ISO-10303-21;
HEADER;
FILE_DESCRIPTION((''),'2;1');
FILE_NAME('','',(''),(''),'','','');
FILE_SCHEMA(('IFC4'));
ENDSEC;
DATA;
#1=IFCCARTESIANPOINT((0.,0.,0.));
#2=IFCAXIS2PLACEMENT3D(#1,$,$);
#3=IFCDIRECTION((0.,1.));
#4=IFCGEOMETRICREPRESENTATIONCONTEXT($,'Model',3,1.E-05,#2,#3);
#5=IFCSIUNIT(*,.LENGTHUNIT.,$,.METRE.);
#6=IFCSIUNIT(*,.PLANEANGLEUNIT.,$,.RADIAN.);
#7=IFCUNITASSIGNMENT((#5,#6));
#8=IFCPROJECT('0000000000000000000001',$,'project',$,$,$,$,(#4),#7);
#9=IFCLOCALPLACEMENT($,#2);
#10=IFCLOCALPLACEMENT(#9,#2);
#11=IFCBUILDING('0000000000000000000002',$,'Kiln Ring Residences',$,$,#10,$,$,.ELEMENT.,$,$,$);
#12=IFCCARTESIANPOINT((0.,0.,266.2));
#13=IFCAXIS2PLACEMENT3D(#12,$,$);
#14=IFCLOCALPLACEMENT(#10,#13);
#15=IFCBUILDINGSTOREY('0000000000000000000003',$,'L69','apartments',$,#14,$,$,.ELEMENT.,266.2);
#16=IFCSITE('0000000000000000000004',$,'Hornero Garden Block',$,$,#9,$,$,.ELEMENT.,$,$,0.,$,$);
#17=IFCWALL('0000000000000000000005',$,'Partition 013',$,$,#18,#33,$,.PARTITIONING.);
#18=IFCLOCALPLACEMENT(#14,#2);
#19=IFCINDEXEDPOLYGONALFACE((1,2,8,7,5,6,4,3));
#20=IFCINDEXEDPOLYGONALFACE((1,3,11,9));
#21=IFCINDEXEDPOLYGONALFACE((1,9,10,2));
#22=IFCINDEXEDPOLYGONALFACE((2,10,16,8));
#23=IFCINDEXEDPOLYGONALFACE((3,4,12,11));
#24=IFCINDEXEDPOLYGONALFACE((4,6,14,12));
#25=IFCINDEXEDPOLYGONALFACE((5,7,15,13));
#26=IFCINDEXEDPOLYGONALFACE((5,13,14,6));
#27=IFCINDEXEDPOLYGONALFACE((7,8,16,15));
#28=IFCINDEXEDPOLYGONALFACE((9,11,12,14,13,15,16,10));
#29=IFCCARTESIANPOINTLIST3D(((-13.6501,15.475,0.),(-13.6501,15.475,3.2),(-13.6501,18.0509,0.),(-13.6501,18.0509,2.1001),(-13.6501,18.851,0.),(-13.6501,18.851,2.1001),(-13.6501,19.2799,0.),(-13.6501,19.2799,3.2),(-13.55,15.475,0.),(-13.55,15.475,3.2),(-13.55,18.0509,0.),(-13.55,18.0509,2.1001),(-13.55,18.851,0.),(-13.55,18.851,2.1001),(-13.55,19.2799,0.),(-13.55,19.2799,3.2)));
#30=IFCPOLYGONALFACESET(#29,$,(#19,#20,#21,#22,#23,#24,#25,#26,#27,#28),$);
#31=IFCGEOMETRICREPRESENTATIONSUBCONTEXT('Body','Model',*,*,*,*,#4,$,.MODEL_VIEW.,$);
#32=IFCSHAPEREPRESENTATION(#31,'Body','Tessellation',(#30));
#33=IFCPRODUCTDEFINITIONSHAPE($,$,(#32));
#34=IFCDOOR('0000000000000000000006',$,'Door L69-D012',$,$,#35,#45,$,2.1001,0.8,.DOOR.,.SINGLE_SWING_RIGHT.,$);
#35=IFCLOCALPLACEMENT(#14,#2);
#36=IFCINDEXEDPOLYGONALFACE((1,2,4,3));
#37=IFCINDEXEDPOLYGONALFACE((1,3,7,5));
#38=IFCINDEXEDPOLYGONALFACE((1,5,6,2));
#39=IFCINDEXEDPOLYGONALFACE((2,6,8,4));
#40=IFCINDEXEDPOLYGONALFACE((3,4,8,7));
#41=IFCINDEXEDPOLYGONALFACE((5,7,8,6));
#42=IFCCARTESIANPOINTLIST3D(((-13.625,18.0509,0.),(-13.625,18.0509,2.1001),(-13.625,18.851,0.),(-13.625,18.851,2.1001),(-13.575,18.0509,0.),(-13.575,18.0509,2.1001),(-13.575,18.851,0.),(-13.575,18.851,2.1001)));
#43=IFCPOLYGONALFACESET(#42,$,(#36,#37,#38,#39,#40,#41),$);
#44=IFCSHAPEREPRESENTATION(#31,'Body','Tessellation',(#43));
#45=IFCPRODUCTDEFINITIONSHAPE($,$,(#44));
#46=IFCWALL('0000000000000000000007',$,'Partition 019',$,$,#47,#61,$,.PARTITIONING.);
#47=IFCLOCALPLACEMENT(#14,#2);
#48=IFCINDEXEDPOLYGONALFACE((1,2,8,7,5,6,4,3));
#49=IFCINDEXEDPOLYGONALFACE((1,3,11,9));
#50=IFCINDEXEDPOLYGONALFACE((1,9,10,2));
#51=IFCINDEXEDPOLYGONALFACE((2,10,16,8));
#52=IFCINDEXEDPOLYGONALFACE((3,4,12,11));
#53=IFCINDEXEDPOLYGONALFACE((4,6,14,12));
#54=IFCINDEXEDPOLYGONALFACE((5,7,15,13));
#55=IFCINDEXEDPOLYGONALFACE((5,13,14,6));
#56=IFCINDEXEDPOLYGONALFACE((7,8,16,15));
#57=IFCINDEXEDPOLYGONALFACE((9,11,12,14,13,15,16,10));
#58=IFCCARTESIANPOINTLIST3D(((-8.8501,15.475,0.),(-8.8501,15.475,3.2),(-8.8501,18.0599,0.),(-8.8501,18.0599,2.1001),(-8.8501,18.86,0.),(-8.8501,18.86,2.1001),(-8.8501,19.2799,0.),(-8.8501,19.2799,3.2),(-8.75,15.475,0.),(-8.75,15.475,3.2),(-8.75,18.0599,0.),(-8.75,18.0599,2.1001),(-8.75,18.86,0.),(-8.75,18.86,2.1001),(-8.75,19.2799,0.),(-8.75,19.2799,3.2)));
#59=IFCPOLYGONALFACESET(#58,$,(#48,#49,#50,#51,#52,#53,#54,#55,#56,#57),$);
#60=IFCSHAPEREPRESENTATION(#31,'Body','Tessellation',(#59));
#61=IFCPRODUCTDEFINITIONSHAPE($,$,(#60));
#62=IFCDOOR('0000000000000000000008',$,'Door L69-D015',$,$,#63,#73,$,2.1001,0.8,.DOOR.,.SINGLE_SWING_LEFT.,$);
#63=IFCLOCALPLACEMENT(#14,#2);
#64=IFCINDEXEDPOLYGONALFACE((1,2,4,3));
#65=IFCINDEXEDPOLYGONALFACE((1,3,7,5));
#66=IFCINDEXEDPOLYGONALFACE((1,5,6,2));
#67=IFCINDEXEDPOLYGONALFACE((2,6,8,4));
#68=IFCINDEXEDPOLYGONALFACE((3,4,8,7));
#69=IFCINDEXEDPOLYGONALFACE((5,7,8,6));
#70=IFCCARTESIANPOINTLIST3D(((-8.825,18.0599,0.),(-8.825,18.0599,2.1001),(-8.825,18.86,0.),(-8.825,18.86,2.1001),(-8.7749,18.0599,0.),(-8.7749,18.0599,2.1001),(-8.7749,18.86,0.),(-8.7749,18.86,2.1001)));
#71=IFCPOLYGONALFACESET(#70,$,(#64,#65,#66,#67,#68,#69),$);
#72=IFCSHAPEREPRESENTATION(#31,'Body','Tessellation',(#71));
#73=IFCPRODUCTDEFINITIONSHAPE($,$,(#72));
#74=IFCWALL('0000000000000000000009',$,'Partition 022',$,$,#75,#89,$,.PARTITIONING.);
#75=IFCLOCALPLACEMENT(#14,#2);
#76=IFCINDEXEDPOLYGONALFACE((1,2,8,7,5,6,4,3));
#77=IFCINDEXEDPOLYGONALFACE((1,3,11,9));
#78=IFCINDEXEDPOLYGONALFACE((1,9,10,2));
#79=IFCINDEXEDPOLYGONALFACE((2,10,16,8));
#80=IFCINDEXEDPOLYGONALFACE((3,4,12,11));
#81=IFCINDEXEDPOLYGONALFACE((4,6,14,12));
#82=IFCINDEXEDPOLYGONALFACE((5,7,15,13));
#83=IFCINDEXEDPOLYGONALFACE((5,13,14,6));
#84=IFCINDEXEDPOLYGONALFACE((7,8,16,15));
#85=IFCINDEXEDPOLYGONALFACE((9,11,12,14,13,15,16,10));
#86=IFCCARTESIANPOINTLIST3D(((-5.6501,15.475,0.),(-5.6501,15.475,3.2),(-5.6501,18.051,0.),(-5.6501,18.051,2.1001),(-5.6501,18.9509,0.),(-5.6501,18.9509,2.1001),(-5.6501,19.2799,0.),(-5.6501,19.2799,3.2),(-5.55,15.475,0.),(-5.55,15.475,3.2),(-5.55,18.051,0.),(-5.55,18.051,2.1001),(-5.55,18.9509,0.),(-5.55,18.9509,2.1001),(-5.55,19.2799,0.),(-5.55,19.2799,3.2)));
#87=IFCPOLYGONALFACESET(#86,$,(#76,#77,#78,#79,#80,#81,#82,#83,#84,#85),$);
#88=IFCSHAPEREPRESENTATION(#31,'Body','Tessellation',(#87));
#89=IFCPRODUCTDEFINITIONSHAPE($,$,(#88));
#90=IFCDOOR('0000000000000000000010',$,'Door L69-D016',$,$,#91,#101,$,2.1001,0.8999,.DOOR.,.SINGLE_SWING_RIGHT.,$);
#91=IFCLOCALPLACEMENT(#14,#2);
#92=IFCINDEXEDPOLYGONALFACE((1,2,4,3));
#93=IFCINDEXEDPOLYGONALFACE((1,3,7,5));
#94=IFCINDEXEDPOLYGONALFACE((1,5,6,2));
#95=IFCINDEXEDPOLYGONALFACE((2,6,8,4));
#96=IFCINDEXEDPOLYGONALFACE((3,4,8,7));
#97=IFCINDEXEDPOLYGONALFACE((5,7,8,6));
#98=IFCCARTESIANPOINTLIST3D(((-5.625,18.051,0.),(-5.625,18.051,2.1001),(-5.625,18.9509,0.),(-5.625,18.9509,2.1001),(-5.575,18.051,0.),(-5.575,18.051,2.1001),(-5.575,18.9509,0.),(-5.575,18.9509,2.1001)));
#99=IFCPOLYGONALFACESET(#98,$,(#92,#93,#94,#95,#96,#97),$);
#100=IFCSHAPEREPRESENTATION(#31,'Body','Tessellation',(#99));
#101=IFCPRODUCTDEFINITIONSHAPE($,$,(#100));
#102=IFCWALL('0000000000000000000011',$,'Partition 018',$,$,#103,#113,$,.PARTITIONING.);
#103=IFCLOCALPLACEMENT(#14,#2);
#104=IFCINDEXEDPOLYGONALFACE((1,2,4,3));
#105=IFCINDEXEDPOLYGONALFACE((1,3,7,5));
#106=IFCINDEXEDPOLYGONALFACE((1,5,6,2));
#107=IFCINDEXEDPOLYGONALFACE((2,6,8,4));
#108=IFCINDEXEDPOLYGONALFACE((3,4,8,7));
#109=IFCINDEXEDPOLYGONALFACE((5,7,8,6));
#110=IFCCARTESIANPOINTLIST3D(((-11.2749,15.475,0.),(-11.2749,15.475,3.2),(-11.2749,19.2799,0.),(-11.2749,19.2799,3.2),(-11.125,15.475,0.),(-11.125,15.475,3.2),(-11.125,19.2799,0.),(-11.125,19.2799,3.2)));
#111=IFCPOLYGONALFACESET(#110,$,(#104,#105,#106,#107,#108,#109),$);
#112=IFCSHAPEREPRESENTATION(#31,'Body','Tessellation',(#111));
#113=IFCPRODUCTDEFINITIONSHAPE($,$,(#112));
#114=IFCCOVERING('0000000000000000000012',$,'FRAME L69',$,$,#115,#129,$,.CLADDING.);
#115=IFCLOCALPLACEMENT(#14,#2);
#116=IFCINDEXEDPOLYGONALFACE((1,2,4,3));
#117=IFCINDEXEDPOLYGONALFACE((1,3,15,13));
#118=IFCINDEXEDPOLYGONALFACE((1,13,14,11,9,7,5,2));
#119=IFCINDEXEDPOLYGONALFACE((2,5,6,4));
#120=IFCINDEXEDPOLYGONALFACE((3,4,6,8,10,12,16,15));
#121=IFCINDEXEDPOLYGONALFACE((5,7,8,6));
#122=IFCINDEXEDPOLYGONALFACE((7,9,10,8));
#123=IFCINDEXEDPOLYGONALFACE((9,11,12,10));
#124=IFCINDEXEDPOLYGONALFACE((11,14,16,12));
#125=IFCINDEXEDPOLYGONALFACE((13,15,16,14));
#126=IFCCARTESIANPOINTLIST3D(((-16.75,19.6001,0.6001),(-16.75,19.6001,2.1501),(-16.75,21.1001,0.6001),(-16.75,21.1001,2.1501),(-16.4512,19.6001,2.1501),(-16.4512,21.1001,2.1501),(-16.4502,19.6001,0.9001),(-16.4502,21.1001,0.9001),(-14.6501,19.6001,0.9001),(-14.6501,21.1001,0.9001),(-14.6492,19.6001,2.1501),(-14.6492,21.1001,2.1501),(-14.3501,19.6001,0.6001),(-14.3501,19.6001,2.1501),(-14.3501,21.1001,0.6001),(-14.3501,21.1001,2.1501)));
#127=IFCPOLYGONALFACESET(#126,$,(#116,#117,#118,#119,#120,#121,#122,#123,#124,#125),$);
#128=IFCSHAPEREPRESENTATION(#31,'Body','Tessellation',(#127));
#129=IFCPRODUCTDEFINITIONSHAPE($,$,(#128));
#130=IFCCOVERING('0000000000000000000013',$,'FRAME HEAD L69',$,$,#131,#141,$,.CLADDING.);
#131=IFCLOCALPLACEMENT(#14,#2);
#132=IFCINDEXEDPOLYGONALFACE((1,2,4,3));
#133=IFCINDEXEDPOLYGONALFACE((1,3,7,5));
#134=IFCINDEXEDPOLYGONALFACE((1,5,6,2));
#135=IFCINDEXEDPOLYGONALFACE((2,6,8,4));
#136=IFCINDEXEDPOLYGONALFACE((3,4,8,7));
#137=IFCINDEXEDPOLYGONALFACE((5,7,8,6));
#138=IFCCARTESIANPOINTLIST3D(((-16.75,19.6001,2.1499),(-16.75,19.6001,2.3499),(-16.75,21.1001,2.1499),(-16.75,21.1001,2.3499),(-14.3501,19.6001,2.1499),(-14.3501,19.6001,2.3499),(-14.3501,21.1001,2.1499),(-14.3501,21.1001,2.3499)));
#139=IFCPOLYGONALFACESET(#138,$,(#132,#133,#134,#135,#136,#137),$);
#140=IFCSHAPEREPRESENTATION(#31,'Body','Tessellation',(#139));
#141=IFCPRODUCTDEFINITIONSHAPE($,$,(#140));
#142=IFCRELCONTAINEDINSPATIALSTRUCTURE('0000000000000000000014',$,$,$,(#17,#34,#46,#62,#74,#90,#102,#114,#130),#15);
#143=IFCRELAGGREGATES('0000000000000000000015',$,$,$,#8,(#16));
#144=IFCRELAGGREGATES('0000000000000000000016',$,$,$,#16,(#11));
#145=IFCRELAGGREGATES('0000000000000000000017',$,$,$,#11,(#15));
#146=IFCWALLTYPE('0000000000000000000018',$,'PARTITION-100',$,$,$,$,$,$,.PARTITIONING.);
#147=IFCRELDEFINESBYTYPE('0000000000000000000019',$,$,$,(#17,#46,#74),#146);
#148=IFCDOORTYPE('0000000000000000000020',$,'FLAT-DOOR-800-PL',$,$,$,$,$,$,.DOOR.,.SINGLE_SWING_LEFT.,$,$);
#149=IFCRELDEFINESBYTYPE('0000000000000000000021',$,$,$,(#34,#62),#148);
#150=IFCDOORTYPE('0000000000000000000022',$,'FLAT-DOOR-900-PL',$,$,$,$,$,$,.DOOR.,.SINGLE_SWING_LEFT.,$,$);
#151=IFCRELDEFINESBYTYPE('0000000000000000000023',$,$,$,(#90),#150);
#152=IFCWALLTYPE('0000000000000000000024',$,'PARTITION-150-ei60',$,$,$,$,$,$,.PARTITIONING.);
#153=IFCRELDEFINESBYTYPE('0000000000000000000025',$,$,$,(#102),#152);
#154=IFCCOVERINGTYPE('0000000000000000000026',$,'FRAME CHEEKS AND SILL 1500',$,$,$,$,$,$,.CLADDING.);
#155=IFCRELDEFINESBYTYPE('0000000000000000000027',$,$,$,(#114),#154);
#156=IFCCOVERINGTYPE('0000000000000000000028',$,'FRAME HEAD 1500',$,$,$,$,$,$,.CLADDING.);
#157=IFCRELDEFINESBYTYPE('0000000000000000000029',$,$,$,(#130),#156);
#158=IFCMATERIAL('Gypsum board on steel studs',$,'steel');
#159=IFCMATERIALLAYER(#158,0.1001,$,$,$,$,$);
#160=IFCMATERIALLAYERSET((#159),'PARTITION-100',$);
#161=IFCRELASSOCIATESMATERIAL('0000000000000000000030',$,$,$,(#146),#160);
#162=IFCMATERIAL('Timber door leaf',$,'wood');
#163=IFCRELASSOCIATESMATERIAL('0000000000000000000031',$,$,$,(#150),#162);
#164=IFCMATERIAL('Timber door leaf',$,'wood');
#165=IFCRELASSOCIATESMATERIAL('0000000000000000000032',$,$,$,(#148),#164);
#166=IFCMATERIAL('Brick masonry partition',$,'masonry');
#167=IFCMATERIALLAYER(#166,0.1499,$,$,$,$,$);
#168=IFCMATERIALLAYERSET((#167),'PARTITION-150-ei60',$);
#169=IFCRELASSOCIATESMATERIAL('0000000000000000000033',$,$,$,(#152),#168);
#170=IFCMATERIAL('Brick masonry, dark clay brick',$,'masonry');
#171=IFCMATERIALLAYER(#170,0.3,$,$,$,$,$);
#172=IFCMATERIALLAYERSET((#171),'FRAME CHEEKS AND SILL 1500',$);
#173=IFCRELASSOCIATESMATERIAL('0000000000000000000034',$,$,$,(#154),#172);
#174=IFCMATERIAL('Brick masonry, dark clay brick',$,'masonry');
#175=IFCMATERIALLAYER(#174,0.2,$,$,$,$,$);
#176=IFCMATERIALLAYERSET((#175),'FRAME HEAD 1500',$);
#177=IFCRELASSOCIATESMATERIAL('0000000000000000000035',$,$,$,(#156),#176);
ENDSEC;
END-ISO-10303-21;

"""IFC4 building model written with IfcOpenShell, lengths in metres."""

from ifc_helpers import new_model, si_unit, direction, frame, frame_2d, origin, origin_2d, place, context, subcontext, project, spatial, polyline, rectangle, outline, extrude, material, layer, layer_set, type_object, element, fill, save


model = new_model("IFC4")

# Units and contexts
model_context = context("Model", 3, precision=1e-05, world=origin(), true_north=direction((0.0, 1.0)))
body_context = subcontext(model_context, "Body", "Model", "MODEL_VIEW")
ifc_project = project(units=[si_unit("LENGTHUNIT", "METRE"), si_unit("PLANEANGLEUNIT", "RADIAN")], contexts=[model_context])

# Site, building, storey
site_placement = place(None, origin())
site = spatial("IfcSite", under=ifc_project, at=site_placement, Name="Hornero Garden Block", CompositionType="ELEMENT", RefElevation=0.0)
building_placement = place(site_placement, origin())
building = spatial("IfcBuilding", under=site, at=building_placement, Name="Kiln Ring Residences", CompositionType="ELEMENT")
storey_placement = place(building_placement, frame((0.0, 0.0, 266.2)))
storey = spatial("IfcBuildingStorey", under=building, at=storey_placement, Name="L69", Description="apartments", CompositionType="ELEMENT", Elevation=266.2)

# Walls, openings, doors
ifc_material_1 = material(Name="Gypsum board on steel studs", Category="steel")
ifc_layer_1 = layer(ifc_material_1, 0.1001)
ifc_layer_set_1 = layer_set([ifc_layer_1], Name="PARTITION-100")
wall_type_1 = type_object("IfcWallType", Name="PARTITION-100", PredefinedType="PARTITIONING", material=ifc_layer_set_1)
ifc_material_2 = material(Name="Timber door leaf", Category="wood")
door_type_1 = type_object("IfcDoorType", Name="FLAT-DOOR-900-PL", OperationType="SINGLE_SWING_LEFT", PredefinedType="DOOR", material=ifc_material_2)
wall_1_placement = place(storey_placement, frame((-13.6001, 15.4751, 0.0), z_axis=(0.0, 0.0, 1.0), x_axis=(0.0, 1.0, 0.0)))
wall_1 = element("IfcWall", 1, at=wall_1_placement, inside=storey, type_object=wall_type_1, Name="Partition 013", PredefinedType="PARTITIONING", context=body_context, shape_type="SweptSolid", body=[
    extrude(rectangle(XDim=3.8049, YDim=0.1001, at=frame_2d((1.9023, 0.0))), origin(), (0.0, 0.0, 1.0), 3.2),
])
opening_1_placement = place(wall_1_placement, frame((2.5759, 0.0, 0.0)))
opening_1 = element("IfcOpeningElement", 2, at=opening_1_placement, cuts=wall_1, PredefinedType="OPENING", context=body_context, shape_type="SweptSolid", body=[
    extrude(rectangle(XDim=0.8, YDim=2.1001, at=frame_2d((0.3999, 1.05))), frame((0.0, 0.0601, 0.0), z_axis=(0.0, -1.0, 0.0), x_axis=(1.0, 0.0, 0.0)), (0.0, 0.0, 1.0), 0.1201),
])
ifc_material_3 = material(Name="Timber door leaf", Category="wood")
door_type_2 = type_object("IfcDoorType", Name="FLAT-DOOR-800-PL", OperationType="SINGLE_SWING_LEFT", PredefinedType="DOOR", material=ifc_material_3)
door_1_placement = place(opening_1_placement, origin())
door_1 = element("IfcDoor", 3, at=door_1_placement, inside=storey, type_object=door_type_2, Name="Door L69-D012", OperationType="SINGLE_SWING_RIGHT", OverallHeight=2.1001, OverallWidth=0.8, PredefinedType="DOOR", context=body_context, shape_type="SweptSolid", body=[
    extrude(rectangle(XDim=0.8, YDim=2.1001, at=frame_2d((0.3999, 1.05))), frame((0.0, 0.0249, 0.0), z_axis=(0.0, -1.0, 0.0), x_axis=(1.0, 0.0, 0.0)), (0.0, 0.0, 1.0), 0.05),
])
fill(opening_1, door_1)
wall_2_placement = place(storey_placement, frame((-8.8, 15.4751, 0.0), z_axis=(0.0, 0.0, 1.0), x_axis=(0.0, 1.0, 0.0)))
wall_2 = element("IfcWall", 4, at=wall_2_placement, inside=storey, type_object=wall_type_1, Name="Partition 019", PredefinedType="PARTITIONING", context=body_context, shape_type="SweptSolid", body=[
    extrude(rectangle(XDim=3.8049, YDim=0.1001, at=frame_2d((1.9023, 0.0))), origin(), (0.0, 0.0, 1.0), 3.2),
])
opening_2_placement = place(wall_2_placement, frame((2.585, 0.0, 0.0)))
opening_2 = element("IfcOpeningElement", 5, at=opening_2_placement, cuts=wall_2, PredefinedType="OPENING", context=body_context, shape_type="SweptSolid", body=[
    extrude(rectangle(XDim=0.8, YDim=2.1001, at=frame_2d((0.3999, 1.05))), frame((0.0, 0.0601, 0.0), z_axis=(0.0, -1.0, 0.0), x_axis=(1.0, 0.0, 0.0)), (0.0, 0.0, 1.0), 0.1201),
])
door_2_placement = place(opening_2_placement, origin())
door_2 = element("IfcDoor", 6, at=door_2_placement, inside=storey, type_object=door_type_2, Name="Door L69-D015", OperationType="SINGLE_SWING_LEFT", OverallHeight=2.1001, OverallWidth=0.8, PredefinedType="DOOR", context=body_context, shape_type="SweptSolid", body=[
    extrude(rectangle(XDim=0.8, YDim=2.1001, at=frame_2d((0.3999, 1.05))), frame((0.0, 0.0249, 0.0), z_axis=(0.0, -1.0, 0.0), x_axis=(1.0, 0.0, 0.0)), (0.0, 0.0, 1.0), 0.05),
])
fill(opening_2, door_2)
wall_3_placement = place(storey_placement, frame((-5.6001, 15.4751, 0.0), z_axis=(0.0, 0.0, 1.0), x_axis=(0.0, 1.0, 0.0)))
wall_3 = element("IfcWall", 7, at=wall_3_placement, inside=storey, type_object=wall_type_1, Name="Partition 022", PredefinedType="PARTITIONING", context=body_context, shape_type="SweptSolid", body=[
    extrude(rectangle(XDim=3.8049, YDim=0.1001, at=frame_2d((1.9023, 0.0))), origin(), (0.0, 0.0, 1.0), 3.2),
])
opening_3_placement = place(wall_3_placement, frame((2.5759, 0.0, 0.0)))
opening_3 = element("IfcOpeningElement", 8, at=opening_3_placement, cuts=wall_3, PredefinedType="OPENING", context=body_context, shape_type="SweptSolid", body=[
    extrude(rectangle(XDim=0.8999, YDim=2.1001, at=frame_2d((0.45, 1.05))), frame((0.0, 0.0601, 0.0), z_axis=(0.0, -1.0, 0.0), x_axis=(1.0, 0.0, 0.0)), (0.0, 0.0, 1.0), 0.1201),
])
door_3_placement = place(opening_3_placement, origin())
door_3 = element("IfcDoor", 9, at=door_3_placement, inside=storey, type_object=door_type_1, Name="Door L69-D016", OperationType="SINGLE_SWING_RIGHT", OverallHeight=2.1001, OverallWidth=0.8999, PredefinedType="DOOR", context=body_context, shape_type="SweptSolid", body=[
    extrude(rectangle(XDim=0.8999, YDim=2.1001, at=frame_2d((0.45, 1.05))), frame((0.0, 0.0249, 0.0), z_axis=(0.0, -1.0, 0.0), x_axis=(1.0, 0.0, 0.0)), (0.0, 0.0, 1.0), 0.05),
])
fill(opening_3, door_3)

# Wall
ifc_material_4 = material(Name="Brick masonry partition", Category="masonry")
ifc_layer_2 = layer(ifc_material_4, 0.1499)
ifc_layer_set_2 = layer_set([ifc_layer_2], Name="PARTITION-150-ei60")
wall_type_2 = type_object("IfcWallType", Name="PARTITION-150-ei60", PredefinedType="PARTITIONING", material=ifc_layer_set_2)
wall_4_placement = place(storey_placement, frame((-11.2, 15.4751, 0.0), z_axis=(0.0, 0.0, 1.0), x_axis=(0.0, 1.0, 0.0)))
element("IfcWall", 10, at=wall_4_placement, inside=storey, type_object=wall_type_2, Name="Partition 018", PredefinedType="PARTITIONING", context=body_context, shape_type="SweptSolid", body=[
    extrude(rectangle(XDim=3.8049, YDim=0.1499, at=frame_2d((1.9023, 0.0))), origin(), (0.0, 0.0, 1.0), 3.2),
])

# Coverings
ifc_material_5 = material(Name="Brick masonry, dark clay brick", Category="masonry")
ifc_layer_3 = layer(ifc_material_5, 0.3)
ifc_layer_set_3 = layer_set([ifc_layer_3], Name="FRAME CHEEKS AND SILL 1500")
covering_type_1 = type_object("IfcCoveringType", Name="FRAME CHEEKS AND SILL 1500", PredefinedType="CLADDING", material=ifc_layer_set_3)
covering_1_placement = place(storey_placement, frame((-14.3501, 20.3501, 0.6001), z_axis=(0.0, 0.0, 1.0), x_axis=(-1.0, 0.0, 0.0)))
element("IfcCovering", 11, at=covering_1_placement, inside=storey, type_object=covering_type_1, Name="FRAME L69", PredefinedType="CLADDING", context=body_context, shape_type="SweptSolid", body=[
    extrude(outline(polyline([(0.0, 0.0), (2.3999, 0.0), (2.3999, 1.55), (2.1011, 1.55), (2.1001, 0.3), (0.3, 0.3), (0.2991, 1.55), (0.0, 1.55), (0.0, 0.0)])), frame((0.0, 0.75, 0.0), z_axis=(0.0, -1.0, 0.0), x_axis=(1.0, 0.0, 0.0)), (0.0, 0.0, 1.0), 1.5),
])
ifc_material_6 = material(Name="Brick masonry, dark clay brick", Category="masonry")
ifc_layer_4 = layer(ifc_material_6, 0.2)
ifc_layer_set_4 = layer_set([ifc_layer_4], Name="FRAME HEAD 1500")
covering_type_2 = type_object("IfcCoveringType", Name="FRAME HEAD 1500", PredefinedType="CLADDING", material=ifc_layer_set_4)
covering_2_placement = place(storey_placement, frame((-15.55, 20.3501, 2.1499), z_axis=(0.0, 0.0, 1.0), x_axis=(-1.0, 0.0, 0.0)))
element("IfcCovering", 12, at=covering_2_placement, inside=storey, type_object=covering_type_2, Name="FRAME HEAD L69", PredefinedType="CLADDING", context=body_context, shape_type="SweptSolid", body=[
    extrude(rectangle(XDim=2.3999, YDim=1.5, at=origin_2d()), origin(), (0.0, 0.0, 1.0), 0.2),
])

save(model, "model.ifc")
